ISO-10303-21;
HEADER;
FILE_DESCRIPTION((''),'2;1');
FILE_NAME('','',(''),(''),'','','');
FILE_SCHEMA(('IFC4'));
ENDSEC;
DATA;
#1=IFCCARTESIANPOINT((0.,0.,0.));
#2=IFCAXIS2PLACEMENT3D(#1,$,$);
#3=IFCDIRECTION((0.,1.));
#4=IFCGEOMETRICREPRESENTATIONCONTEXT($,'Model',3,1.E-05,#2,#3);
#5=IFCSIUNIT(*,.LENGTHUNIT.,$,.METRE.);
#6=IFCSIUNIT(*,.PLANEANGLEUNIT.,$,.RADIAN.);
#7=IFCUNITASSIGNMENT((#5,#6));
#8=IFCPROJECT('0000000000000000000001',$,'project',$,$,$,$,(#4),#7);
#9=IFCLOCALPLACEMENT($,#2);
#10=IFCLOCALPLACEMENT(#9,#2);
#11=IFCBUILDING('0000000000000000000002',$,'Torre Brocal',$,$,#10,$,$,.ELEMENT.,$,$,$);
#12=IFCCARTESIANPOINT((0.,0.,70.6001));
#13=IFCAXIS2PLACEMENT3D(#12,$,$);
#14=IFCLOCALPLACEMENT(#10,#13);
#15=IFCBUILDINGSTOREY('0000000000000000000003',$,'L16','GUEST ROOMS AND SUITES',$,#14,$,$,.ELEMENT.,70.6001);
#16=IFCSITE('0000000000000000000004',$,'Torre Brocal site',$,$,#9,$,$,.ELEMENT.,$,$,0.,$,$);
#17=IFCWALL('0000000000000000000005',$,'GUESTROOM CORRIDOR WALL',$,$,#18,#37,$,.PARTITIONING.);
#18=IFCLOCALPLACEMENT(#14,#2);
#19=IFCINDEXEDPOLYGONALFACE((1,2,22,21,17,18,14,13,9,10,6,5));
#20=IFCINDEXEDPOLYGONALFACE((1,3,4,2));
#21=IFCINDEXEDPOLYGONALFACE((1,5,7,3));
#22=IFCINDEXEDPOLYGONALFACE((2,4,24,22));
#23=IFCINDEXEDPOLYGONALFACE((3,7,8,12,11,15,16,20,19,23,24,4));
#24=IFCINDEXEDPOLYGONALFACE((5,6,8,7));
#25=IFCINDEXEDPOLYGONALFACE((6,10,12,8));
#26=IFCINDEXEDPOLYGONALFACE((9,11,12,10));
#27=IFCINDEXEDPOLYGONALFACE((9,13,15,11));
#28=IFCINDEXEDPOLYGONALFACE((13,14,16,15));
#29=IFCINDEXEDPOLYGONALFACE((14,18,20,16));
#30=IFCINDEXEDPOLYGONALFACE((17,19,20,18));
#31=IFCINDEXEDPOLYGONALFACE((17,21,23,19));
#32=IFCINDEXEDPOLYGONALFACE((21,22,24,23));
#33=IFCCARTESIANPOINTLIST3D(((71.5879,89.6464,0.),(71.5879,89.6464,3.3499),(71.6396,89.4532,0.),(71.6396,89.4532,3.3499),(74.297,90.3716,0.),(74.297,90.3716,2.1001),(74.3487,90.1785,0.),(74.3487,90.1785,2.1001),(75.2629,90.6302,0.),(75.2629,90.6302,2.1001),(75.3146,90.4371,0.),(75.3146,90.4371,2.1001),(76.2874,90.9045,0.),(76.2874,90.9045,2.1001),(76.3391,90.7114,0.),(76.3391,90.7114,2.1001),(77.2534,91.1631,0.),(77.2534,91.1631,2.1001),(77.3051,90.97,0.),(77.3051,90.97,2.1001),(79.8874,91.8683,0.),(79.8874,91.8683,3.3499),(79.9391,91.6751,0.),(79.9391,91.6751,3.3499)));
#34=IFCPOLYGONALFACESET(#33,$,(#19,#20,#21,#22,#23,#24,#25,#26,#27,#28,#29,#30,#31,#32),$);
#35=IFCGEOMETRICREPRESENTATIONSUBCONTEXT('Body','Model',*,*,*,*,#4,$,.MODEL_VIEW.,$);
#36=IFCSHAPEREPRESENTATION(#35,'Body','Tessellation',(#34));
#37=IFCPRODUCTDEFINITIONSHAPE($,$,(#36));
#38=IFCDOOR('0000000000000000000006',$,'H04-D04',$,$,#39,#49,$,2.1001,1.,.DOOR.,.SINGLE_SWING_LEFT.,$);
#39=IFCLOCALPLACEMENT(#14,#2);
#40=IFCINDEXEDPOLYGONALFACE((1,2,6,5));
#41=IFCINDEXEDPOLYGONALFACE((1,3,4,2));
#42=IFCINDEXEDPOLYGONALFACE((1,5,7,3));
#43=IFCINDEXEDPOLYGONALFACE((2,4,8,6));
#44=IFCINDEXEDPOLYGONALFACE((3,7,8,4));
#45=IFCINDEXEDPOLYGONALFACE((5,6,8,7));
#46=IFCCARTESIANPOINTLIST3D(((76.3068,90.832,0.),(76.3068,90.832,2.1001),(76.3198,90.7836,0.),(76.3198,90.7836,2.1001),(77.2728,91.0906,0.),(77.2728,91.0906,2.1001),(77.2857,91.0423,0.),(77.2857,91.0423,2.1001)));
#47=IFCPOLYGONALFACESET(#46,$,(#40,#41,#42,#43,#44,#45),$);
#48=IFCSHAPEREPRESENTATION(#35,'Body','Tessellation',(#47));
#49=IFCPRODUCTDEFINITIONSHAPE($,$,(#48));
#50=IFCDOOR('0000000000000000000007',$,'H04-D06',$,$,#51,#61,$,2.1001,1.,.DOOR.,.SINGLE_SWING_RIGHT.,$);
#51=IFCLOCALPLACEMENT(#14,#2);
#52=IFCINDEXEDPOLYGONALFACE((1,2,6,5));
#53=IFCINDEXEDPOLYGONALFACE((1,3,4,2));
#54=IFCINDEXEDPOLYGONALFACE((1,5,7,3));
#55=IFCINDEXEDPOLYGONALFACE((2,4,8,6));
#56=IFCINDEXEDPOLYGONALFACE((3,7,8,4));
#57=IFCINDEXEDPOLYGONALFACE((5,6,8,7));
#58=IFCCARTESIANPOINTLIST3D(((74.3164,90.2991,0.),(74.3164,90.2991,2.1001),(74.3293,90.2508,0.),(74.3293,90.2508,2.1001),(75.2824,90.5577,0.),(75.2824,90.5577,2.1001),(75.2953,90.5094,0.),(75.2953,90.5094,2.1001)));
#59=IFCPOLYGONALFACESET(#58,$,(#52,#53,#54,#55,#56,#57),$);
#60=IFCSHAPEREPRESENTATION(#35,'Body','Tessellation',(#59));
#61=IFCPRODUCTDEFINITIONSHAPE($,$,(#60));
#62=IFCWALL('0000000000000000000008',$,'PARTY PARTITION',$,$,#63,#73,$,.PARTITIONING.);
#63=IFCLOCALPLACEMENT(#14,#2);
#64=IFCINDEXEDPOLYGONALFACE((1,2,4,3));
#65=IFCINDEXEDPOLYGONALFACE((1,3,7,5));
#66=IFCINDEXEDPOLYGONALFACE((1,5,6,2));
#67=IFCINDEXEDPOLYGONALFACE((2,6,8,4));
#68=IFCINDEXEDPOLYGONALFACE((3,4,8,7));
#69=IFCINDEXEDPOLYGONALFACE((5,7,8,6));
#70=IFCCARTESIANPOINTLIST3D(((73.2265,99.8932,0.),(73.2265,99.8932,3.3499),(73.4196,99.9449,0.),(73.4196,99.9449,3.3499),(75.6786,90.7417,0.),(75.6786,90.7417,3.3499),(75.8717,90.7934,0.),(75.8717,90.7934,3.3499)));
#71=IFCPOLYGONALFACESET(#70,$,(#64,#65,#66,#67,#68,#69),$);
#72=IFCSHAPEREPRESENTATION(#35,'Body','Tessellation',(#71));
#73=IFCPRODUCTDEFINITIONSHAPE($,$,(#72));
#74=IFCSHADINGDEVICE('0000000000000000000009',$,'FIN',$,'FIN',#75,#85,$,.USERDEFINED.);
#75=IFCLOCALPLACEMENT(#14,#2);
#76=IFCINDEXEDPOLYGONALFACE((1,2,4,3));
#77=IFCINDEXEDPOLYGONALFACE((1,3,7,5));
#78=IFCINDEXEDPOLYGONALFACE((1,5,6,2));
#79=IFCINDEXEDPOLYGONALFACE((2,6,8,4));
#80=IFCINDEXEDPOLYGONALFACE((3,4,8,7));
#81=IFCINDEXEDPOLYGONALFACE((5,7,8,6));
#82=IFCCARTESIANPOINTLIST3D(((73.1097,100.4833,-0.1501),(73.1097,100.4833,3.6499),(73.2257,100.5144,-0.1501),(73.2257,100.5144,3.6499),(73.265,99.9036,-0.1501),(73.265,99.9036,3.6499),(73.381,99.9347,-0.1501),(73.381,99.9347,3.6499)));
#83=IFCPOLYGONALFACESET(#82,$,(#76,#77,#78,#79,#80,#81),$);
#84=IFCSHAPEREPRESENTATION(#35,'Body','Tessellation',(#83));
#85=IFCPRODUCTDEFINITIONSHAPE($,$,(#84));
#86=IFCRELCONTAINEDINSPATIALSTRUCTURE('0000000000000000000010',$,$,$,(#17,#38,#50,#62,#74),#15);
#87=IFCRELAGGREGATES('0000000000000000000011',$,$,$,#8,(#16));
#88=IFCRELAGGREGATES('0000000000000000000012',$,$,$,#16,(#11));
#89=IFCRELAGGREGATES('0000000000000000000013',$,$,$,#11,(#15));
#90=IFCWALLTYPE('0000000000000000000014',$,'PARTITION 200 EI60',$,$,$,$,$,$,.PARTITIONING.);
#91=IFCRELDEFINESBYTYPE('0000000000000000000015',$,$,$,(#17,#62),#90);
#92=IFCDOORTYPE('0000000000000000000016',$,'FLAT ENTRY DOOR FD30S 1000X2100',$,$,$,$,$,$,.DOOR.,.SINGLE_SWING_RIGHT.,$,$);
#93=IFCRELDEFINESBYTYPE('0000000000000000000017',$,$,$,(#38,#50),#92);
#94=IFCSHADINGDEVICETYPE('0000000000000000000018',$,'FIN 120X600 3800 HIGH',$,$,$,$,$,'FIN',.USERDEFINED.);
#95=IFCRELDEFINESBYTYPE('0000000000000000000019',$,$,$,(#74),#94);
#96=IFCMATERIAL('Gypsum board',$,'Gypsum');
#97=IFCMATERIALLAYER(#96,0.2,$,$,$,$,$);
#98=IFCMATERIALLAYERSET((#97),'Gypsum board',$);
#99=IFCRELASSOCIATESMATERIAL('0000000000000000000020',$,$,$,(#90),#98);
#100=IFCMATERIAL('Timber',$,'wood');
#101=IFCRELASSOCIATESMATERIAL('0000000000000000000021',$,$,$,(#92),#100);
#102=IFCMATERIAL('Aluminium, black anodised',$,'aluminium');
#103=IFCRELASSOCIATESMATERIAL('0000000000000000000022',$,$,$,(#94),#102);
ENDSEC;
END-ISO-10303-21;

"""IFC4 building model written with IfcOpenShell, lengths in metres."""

from ifc_helpers import new_model, si_unit, direction, frame, frame_2d, origin, origin_2d, place, context, subcontext, project, spatial, rectangle, extrude, material, layer, layer_set, material_profile, profile_set, type_object, element, fill, save


model = new_model("IFC4")

# Units and contexts
model_context = context("Model", 3, precision=1e-05, world=origin(), true_north=direction((0.0, 1.0)))
body_context = subcontext(model_context, "Body", "Model", "MODEL_VIEW")
ifc_project = project(units=[si_unit("LENGTHUNIT", "METRE"), si_unit("PLANEANGLEUNIT", "RADIAN")], contexts=[model_context])

# Site, building, storey
site_placement = place(None, origin())
site = spatial("IfcSite", under=ifc_project, at=site_placement, Name="Torre Brocal site", CompositionType="ELEMENT", RefElevation=0.0)
building_placement = place(site_placement, origin())
building = spatial("IfcBuilding", under=site, at=building_placement, Name="Torre Brocal", CompositionType="ELEMENT")
storey_placement = place(building_placement, frame((0.0, 0.0, 70.6001)))
storey = spatial("IfcBuildingStorey", under=building, at=storey_placement, Name="L16", Description="GUEST ROOMS AND SUITES", CompositionType="ELEMENT", Elevation=70.6001)

# Wall, openings, doors
ifc_material_1 = material(Name="Gypsum board", Category="Gypsum")
ifc_layer_1 = layer(ifc_material_1, 0.2)
ifc_layer_set_1 = layer_set([ifc_layer_1], Name="Gypsum board")
wall_type_1 = type_object("IfcWallType", Name="PARTITION 200 EI60", PredefinedType="PARTITIONING", material=ifc_layer_set_1)
wall_1_placement = place(storey_placement, frame((71.6138, 89.5498, 0.0), z_axis=(0.0, 0.0, 1.0), x_axis=(0.965982, 0.258609, 0.0)))
wall_1 = element("IfcWall", 1, at=wall_1_placement, inside=storey, type_object=wall_type_1, Name="GUESTROOM CORRIDOR WALL", PredefinedType="PARTITIONING", context=body_context, shape_type="SweptSolid", body=[
    extrude(rectangle(XDim=8.5918, YDim=0.2, at=frame_2d((4.2959, 0.0))), origin(), (0.0, 0.0, 1.0), 3.3499),
])
opening_1_placement = place(wall_1_placement, frame((4.865, 0.0, 0.0)))
opening_1 = element("IfcOpeningElement", 2, at=opening_1_placement, cuts=wall_1, PredefinedType="OPENING", context=body_context, shape_type="SweptSolid", body=[
    extrude(rectangle(XDim=1.0, YDim=2.1001, at=frame_2d((0.5, 1.05))), frame((0.0, 0.1099, 0.0), z_axis=(0.0, -1.0, 0.0), x_axis=(1.0, 0.0, 0.0)), (0.0, 0.0, 1.0), 0.22),
])
opening_2_placement = place(wall_1_placement, frame((2.8044, 0.0, 0.0)))
opening_2 = element("IfcOpeningElement", 3, at=opening_2_placement, cuts=wall_1, PredefinedType="OPENING", context=body_context, shape_type="SweptSolid", body=[
    extrude(rectangle(XDim=1.0, YDim=2.1001, at=frame_2d((0.5, 1.05))), frame((0.0, 0.1099, 0.0), z_axis=(0.0, -1.0, 0.0), x_axis=(1.0, 0.0, 0.0)), (0.0, 0.0, 1.0), 0.22),
])
ifc_material_2 = material(Name="Timber", Category="wood")
door_type_1 = type_object("IfcDoorType", Name="FLAT ENTRY DOOR FD30S 1000X2100", OperationType="SINGLE_SWING_RIGHT", PredefinedType="DOOR", material=ifc_material_2)
door_1_placement = place(opening_1_placement, origin())
door_1 = element("IfcDoor", 4, at=door_1_placement, inside=storey, type_object=door_type_1, Name="H04-D04", OperationType="SINGLE_SWING_LEFT", OverallHeight=2.1001, OverallWidth=1.0, PredefinedType="DOOR", context=body_context, shape_type="SweptSolid", body=[
    extrude(rectangle(XDim=1.0, YDim=2.1001, at=frame_2d((0.5, 1.05))), frame((0.0, 0.0249, 0.0), z_axis=(0.0, -1.0, 0.0), x_axis=(1.0, 0.0, 0.0)), (0.0, 0.0, 1.0), 0.05),
])
fill(opening_1, door_1)
door_2_placement = place(opening_2_placement, origin())
door_2 = element("IfcDoor", 5, at=door_2_placement, inside=storey, type_object=door_type_1, Name="H04-D06", OperationType="SINGLE_SWING_RIGHT", OverallHeight=2.1001, OverallWidth=1.0, PredefinedType="DOOR", context=body_context, shape_type="SweptSolid", body=[
    extrude(rectangle(XDim=1.0, YDim=2.1001, at=frame_2d((0.5, 1.05))), frame((0.0, 0.0249, 0.0), z_axis=(0.0, -1.0, 0.0), x_axis=(1.0, 0.0, 0.0)), (0.0, 0.0, 1.0), 0.05),
])
fill(opening_2, door_2)

# Wall
wall_2_placement = place(storey_placement, frame((73.323, 99.9192, 0.0), z_axis=(0.0, 0.0, 1.0), x_axis=(0.258817, -0.965926, 0.0)))
element("IfcWall", 6, at=wall_2_placement, inside=storey, type_object=wall_type_1, Name="PARTY PARTITION", PredefinedType="PARTITIONING", context=body_context, shape_type="SweptSolid", body=[
    extrude(rectangle(XDim=9.4744, YDim=0.2, at=frame_2d((4.7373, 0.0))), origin(), (0.0, 0.0, 1.0), 3.3499),
])

# Shading device
ifc_material_3 = material(Name="Aluminium, black anodised", Category="aluminium")
ifc_material_profile_1 = material_profile(ifc_material_3, rectangle(XDim=0.1201, YDim=0.6001, at=origin_2d()), Name="FIN 120X600 3800 HIGH")
ifc_profile_set_1 = profile_set([ifc_material_profile_1], Name="Aluminium, black anodised")
shading_device_type = type_object("IfcShadingDeviceType", Name="FIN 120X600 3800 HIGH", ElementType="FIN", PredefinedType="USERDEFINED", material=ifc_profile_set_1)
shading_device_placement = place(storey_placement, frame((73.2454, 100.209, -0.1501), z_axis=(0.0, 0.0, 1.0), x_axis=(-0.965926, -0.258819, 0.0)))
element("IfcShadingDevice", 7, at=shading_device_placement, inside=storey, type_object=shading_device_type, Name="FIN", ObjectType="FIN", PredefinedType="USERDEFINED", context=body_context, shape_type="SweptSolid", body=[
    extrude(rectangle(XDim=0.1201, YDim=0.6001, at=origin_2d()), origin(), (0.0, 0.0, 1.0), 3.8),
])

save(model, "model.ifc")
